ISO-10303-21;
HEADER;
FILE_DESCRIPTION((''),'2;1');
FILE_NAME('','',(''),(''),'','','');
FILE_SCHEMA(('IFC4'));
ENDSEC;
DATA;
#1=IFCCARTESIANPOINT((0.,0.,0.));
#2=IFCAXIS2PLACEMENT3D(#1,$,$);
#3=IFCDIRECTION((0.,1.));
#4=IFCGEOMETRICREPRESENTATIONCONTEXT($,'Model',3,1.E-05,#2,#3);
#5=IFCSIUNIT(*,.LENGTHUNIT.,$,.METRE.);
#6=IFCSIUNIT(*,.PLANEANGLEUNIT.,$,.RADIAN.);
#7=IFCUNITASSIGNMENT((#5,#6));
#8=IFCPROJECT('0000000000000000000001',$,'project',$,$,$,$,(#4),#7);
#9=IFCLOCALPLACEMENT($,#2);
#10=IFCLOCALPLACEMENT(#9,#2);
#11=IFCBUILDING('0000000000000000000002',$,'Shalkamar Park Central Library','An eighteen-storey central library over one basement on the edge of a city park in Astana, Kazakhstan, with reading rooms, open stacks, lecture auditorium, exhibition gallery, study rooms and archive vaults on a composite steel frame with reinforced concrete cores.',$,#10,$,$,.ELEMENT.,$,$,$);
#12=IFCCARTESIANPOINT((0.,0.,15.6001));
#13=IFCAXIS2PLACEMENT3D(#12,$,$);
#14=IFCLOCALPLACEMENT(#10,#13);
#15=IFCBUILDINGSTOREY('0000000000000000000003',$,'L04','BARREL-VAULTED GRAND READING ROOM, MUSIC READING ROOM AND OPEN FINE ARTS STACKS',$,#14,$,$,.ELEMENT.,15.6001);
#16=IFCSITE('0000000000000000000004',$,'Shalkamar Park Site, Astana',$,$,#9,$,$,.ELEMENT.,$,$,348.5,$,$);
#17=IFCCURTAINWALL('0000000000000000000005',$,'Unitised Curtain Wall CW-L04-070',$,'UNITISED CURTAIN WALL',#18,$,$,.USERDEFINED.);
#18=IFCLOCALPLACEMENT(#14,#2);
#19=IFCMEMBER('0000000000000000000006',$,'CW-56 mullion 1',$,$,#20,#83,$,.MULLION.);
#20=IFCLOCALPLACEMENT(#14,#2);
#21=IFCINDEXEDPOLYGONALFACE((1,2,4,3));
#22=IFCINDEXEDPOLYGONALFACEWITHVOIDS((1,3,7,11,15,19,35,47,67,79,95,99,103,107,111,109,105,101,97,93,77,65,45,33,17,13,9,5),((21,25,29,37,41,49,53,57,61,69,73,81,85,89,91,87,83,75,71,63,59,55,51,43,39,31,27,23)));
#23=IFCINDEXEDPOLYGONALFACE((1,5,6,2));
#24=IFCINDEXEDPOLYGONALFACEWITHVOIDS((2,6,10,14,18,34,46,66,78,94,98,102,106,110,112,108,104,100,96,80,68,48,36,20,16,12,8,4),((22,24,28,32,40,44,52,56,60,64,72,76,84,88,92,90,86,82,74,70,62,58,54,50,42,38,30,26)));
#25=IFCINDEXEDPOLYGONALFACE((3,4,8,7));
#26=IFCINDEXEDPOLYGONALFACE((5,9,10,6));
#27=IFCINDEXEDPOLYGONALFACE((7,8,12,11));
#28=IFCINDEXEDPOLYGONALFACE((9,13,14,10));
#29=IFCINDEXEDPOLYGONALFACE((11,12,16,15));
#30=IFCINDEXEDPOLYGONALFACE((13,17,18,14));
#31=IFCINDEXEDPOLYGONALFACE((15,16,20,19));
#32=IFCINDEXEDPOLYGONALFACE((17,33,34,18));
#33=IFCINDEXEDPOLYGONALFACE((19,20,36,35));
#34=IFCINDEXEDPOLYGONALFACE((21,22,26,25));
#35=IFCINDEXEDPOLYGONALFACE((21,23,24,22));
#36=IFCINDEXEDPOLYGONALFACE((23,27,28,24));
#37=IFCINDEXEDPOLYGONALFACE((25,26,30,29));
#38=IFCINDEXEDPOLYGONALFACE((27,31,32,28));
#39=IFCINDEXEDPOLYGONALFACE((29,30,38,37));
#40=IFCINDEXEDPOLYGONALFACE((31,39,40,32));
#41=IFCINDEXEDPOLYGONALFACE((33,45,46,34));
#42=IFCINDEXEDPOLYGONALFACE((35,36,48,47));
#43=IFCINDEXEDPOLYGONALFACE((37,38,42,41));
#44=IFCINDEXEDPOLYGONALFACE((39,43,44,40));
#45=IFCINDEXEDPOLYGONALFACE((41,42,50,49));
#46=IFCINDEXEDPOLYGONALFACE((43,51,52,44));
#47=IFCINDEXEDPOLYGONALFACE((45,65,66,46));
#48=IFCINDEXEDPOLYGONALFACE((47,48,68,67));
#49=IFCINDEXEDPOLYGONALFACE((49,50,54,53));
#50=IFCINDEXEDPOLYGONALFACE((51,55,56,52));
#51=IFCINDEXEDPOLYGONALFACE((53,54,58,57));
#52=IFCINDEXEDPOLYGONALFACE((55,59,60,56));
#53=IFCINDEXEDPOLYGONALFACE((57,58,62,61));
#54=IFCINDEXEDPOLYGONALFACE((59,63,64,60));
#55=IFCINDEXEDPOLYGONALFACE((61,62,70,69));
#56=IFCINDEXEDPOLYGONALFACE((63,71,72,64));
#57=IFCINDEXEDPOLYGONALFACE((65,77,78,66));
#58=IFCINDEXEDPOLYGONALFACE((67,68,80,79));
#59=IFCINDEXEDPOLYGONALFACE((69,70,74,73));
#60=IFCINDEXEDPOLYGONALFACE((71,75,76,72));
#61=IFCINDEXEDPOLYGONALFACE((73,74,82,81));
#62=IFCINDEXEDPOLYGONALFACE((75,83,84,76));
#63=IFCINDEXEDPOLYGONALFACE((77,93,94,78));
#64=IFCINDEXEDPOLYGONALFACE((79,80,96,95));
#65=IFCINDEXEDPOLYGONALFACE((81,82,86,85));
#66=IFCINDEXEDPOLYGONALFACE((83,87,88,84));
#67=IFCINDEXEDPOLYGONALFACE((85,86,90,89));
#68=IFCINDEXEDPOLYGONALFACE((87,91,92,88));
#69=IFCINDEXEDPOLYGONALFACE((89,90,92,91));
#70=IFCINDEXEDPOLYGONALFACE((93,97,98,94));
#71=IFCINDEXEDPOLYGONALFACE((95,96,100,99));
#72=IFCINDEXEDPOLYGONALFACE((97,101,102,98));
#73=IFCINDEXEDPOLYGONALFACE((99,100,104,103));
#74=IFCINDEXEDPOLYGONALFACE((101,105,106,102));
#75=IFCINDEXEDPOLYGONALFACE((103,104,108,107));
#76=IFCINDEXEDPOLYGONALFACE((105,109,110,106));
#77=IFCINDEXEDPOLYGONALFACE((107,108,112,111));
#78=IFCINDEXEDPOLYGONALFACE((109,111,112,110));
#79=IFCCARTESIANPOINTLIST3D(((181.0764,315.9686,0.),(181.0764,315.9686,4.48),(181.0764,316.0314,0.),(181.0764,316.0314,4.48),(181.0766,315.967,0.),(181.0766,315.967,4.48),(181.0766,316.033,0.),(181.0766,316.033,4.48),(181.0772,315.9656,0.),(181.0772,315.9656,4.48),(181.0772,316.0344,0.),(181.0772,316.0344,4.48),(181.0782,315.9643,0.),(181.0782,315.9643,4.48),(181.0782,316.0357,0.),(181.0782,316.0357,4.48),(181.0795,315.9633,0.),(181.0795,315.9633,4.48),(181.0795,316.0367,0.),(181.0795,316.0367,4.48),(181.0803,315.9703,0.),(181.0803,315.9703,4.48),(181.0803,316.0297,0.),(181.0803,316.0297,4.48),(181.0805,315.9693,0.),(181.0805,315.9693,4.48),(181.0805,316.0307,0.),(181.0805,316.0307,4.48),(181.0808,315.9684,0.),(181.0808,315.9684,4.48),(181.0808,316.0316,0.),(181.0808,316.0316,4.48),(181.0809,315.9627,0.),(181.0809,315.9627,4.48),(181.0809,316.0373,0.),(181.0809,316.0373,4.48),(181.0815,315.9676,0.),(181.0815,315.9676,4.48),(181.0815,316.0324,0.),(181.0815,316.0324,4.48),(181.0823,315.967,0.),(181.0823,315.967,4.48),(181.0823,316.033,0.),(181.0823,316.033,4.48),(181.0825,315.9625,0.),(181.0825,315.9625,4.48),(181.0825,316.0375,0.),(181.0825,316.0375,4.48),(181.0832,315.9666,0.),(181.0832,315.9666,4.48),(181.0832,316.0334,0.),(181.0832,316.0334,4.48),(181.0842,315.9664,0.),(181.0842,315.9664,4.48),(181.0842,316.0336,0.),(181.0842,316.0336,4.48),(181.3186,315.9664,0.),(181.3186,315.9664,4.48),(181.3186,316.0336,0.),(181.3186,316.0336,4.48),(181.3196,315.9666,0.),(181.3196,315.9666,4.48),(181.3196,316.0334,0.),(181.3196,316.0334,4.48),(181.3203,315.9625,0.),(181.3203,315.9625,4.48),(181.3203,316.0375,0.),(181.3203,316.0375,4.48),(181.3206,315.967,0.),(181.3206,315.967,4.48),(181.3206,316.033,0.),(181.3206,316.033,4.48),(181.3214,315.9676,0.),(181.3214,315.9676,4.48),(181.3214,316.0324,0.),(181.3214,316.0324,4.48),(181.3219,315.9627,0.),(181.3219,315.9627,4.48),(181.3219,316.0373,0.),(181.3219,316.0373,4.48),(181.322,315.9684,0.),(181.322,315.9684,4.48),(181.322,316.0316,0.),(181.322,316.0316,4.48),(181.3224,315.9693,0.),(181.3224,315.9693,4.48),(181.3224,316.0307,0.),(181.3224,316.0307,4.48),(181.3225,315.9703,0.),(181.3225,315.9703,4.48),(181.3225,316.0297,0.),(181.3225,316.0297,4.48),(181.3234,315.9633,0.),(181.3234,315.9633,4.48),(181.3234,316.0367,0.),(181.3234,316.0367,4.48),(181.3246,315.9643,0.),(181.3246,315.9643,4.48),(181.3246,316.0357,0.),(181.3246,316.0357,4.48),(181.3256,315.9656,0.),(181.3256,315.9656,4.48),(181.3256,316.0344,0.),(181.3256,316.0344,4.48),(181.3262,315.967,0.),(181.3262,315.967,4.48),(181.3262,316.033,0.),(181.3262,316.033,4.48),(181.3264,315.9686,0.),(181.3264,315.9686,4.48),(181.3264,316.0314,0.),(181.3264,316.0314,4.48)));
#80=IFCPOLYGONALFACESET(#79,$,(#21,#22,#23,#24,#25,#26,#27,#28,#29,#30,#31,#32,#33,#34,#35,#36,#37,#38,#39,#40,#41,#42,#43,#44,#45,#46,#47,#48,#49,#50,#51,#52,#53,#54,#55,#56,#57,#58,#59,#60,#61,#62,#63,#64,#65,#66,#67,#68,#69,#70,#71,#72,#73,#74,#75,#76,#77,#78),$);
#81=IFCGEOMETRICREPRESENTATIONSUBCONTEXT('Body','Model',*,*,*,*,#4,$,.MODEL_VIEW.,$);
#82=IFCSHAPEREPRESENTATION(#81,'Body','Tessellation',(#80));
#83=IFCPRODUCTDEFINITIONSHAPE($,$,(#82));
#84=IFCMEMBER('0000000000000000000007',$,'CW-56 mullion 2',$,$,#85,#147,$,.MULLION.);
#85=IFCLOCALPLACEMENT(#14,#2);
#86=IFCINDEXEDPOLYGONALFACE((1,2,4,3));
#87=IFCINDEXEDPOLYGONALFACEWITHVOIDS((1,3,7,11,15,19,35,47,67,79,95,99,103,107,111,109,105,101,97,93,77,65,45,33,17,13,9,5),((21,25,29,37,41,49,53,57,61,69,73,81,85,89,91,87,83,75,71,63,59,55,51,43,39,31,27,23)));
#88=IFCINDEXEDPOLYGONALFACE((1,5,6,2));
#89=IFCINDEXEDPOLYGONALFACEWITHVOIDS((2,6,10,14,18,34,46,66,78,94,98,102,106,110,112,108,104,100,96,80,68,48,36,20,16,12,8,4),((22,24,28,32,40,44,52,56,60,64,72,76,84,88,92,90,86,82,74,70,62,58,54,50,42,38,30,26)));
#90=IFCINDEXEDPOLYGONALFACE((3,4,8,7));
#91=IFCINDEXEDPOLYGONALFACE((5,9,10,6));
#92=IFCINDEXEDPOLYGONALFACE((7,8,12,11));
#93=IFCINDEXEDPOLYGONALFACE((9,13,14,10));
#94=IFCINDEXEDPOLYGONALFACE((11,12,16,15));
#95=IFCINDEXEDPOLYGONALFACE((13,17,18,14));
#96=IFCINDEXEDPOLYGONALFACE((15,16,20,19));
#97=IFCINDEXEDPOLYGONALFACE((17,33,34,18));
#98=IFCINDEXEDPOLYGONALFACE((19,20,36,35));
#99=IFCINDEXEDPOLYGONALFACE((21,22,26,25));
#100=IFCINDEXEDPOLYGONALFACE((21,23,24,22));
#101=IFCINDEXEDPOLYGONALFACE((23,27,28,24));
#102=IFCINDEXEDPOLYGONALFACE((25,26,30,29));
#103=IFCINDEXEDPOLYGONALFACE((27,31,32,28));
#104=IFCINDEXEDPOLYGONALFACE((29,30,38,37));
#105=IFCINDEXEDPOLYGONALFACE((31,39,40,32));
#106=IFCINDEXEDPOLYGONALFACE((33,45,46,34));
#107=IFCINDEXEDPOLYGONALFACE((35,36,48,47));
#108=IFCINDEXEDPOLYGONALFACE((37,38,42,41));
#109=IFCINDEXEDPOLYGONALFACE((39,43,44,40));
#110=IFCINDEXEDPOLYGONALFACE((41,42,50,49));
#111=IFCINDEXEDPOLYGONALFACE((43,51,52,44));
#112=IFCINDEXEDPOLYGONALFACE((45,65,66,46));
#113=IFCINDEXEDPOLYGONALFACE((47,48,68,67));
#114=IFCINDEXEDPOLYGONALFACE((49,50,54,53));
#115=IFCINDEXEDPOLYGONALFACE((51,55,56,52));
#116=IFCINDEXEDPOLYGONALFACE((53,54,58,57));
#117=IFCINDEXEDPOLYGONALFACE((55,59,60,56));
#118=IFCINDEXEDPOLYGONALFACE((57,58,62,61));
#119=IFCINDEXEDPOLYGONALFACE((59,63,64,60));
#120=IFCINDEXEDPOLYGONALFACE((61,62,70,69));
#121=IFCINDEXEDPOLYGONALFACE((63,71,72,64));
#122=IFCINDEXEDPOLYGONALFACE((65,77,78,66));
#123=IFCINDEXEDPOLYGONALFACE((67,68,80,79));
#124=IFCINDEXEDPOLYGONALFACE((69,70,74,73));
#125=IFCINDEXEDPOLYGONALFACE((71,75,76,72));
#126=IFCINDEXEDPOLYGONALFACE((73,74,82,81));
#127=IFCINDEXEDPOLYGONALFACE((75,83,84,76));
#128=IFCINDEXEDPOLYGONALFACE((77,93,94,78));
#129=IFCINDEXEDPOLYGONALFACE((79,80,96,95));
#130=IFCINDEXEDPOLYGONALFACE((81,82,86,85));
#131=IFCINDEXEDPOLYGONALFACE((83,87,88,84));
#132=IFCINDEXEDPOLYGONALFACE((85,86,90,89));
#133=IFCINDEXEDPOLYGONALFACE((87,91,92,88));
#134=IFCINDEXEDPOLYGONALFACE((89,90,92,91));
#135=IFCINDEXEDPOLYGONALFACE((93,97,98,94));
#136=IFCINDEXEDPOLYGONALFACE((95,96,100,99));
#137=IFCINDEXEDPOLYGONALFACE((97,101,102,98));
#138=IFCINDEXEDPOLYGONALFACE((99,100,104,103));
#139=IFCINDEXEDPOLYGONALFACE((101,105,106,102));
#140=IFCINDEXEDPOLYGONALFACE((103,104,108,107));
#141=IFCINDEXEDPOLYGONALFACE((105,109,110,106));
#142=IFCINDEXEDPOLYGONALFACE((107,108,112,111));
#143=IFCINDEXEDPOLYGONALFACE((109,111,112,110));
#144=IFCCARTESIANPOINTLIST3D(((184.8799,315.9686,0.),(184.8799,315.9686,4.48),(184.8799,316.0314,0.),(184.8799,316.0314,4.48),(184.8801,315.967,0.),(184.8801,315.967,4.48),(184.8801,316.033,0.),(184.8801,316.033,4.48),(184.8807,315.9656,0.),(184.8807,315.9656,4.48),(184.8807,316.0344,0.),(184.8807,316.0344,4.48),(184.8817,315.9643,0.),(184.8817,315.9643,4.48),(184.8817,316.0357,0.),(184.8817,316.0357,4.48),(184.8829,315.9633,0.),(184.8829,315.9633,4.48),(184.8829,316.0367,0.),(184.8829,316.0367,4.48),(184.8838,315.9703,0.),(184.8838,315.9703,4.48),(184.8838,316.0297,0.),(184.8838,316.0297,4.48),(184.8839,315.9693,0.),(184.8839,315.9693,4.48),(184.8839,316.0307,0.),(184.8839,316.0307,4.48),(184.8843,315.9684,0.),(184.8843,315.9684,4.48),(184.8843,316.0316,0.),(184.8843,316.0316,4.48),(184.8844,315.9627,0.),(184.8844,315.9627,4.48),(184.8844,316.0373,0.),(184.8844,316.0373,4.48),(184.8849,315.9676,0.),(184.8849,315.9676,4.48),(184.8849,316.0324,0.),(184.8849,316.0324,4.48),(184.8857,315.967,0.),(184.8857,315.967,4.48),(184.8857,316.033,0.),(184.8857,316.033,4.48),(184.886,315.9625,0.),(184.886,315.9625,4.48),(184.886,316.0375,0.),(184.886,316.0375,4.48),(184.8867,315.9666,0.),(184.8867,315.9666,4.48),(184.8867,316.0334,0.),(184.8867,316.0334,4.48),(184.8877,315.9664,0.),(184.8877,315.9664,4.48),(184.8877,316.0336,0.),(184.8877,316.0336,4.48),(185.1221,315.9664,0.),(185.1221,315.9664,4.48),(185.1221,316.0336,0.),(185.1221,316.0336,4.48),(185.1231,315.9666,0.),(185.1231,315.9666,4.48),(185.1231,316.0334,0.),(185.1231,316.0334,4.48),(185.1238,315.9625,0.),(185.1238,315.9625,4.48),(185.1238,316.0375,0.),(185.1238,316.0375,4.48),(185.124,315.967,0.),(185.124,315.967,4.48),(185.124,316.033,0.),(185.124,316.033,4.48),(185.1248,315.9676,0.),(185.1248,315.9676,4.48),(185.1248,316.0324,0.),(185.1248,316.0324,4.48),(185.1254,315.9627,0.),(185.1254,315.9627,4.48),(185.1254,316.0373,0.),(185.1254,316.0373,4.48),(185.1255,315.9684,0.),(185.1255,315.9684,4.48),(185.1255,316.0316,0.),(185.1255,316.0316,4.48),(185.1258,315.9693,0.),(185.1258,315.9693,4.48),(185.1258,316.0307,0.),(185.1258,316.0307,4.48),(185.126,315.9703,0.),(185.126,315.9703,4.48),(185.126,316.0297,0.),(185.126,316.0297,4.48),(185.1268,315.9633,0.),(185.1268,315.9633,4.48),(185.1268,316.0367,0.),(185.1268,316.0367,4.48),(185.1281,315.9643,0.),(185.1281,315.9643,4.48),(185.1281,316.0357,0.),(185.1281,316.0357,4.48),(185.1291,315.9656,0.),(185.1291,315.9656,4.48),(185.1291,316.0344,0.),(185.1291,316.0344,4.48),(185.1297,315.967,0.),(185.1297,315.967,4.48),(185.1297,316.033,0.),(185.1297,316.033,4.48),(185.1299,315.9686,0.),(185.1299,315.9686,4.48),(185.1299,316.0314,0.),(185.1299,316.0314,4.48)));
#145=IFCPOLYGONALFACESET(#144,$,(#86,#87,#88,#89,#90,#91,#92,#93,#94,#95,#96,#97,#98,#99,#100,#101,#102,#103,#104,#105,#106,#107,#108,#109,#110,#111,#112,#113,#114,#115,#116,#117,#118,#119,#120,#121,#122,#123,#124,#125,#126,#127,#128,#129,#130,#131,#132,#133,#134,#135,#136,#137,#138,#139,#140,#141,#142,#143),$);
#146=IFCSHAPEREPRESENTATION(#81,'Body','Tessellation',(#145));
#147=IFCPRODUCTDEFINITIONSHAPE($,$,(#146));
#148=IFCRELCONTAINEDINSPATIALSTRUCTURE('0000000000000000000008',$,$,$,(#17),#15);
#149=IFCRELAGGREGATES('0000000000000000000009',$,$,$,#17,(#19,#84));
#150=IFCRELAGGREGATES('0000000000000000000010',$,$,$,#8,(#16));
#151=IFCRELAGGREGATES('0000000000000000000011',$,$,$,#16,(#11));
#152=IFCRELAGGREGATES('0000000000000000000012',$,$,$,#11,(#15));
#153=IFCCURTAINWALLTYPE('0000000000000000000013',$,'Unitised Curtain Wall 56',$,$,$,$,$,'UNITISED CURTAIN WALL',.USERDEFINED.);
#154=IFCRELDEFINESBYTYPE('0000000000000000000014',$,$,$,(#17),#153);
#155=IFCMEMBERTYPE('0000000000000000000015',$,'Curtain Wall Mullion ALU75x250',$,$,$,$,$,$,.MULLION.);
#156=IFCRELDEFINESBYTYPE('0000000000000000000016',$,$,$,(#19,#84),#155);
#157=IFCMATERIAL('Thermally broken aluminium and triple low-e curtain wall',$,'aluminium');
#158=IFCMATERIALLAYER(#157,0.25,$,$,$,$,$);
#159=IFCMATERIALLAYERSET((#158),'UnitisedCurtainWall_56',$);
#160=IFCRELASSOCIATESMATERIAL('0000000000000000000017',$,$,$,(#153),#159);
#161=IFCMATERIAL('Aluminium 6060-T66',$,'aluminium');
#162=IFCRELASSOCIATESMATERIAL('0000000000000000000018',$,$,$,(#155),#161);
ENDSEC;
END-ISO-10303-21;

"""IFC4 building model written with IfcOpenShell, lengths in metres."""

from ifc_helpers import new_model, si_unit, direction, frame, origin, origin_2d, place, context, subcontext, project, spatial, hollow_rectangle, extrude, material, layer, layer_set, material_profile, profile_set, type_object, element, aggregate, save


model = new_model("IFC4")

# Units and contexts
model_context = context("Model", 3, precision=1e-05, world=origin(), true_north=direction((0.0, 1.0)))
body_context = subcontext(model_context, "Body", "Model", "MODEL_VIEW")
ifc_project = project(units=[si_unit("LENGTHUNIT", "METRE"), si_unit("PLANEANGLEUNIT", "RADIAN")], contexts=[model_context])

# Site, building, storey
site_placement = place(None, origin())
site = spatial("IfcSite", under=ifc_project, at=site_placement, Name="Shalkamar Park Site, Astana", CompositionType="ELEMENT", RefElevation=348.5)
building_placement = place(site_placement, origin())
building = spatial("IfcBuilding", under=site, at=building_placement, Name="Shalkamar Park Central Library", Description="An eighteen-storey central library over one basement on the edge of a city park in Astana, Kazakhstan, with reading rooms, open stacks, lecture auditorium, exhibition gallery, study rooms and archive vaults on a composite steel frame with reinforced concrete cores.", CompositionType="ELEMENT")
storey_placement = place(building_placement, frame((0.0, 0.0, 15.6001)))
storey = spatial("IfcBuildingStorey", under=building, at=storey_placement, Name="L04", Description="BARREL-VAULTED GRAND READING ROOM, MUSIC READING ROOM AND OPEN FINE ARTS STACKS", CompositionType="ELEMENT", Elevation=15.6001)

# Curtain wall, members
ifc_material_1 = material(Name="Thermally broken aluminium and triple low-e curtain wall", Category="aluminium")
ifc_layer_1 = layer(ifc_material_1, 0.25)
ifc_layer_set_1 = layer_set([ifc_layer_1], Name="UnitisedCurtainWall_56")
curtain_wall_type_1 = type_object("IfcCurtainWallType", Name="Unitised Curtain Wall 56", ElementType="UNITISED CURTAIN WALL", PredefinedType="USERDEFINED", material=ifc_layer_set_1)
curtain_wall_1_placement = place(storey_placement, origin())
curtain_wall_1 = element("IfcCurtainWall", 1, at=curtain_wall_1_placement, inside=storey, type_object=curtain_wall_type_1, Name="Unitised Curtain Wall CW-L04-070", ObjectType="UNITISED CURTAIN WALL", PredefinedType="USERDEFINED")
ifc_material_2 = material(Name="Aluminium 6060-T66", Category="aluminium")
ifc_material_profile_1 = material_profile(ifc_material_2, hollow_rectangle(XDim=0.075, YDim=0.25, WallThickness=0.0039, InnerFilletRadius=0.0039, OuterFilletRadius=0.0061, at=origin_2d()), Name="ALU 75x250x4")
ifc_profile_set_1 = profile_set([ifc_material_profile_1], Name="Aluminium 6060-T66")
member_type_1 = type_object("IfcMemberType", Name="Curtain Wall Mullion ALU75x250", PredefinedType="MULLION", material=ifc_profile_set_1)
member_1_placement = place(storey_placement, frame((181.2014, 316.0, 0.0), z_axis=(0.0, 0.0, 1.0), x_axis=(0.0, 1.0, 0.0)))
member_1 = element("IfcMember", 2, at=member_1_placement, type_object=member_type_1, Name="CW-56 mullion 1", PredefinedType="MULLION", context=body_context, shape_type="SweptSolid", body=[
    extrude(hollow_rectangle(XDim=0.075, YDim=0.25, WallThickness=0.0039, InnerFilletRadius=0.0039, OuterFilletRadius=0.0061, at=origin_2d()), origin(), (0.0, 0.0, 1.0), 4.48),
])
member_2_placement = place(storey_placement, frame((185.0049, 316.0, 0.0), z_axis=(0.0, 0.0, 1.0), x_axis=(0.0, 1.0, 0.0)))
member_2 = element("IfcMember", 3, at=member_2_placement, type_object=member_type_1, Name="CW-56 mullion 2", PredefinedType="MULLION", context=body_context, shape_type="SweptSolid", body=[
    extrude(hollow_rectangle(XDim=0.075, YDim=0.25, WallThickness=0.0039, InnerFilletRadius=0.0039, OuterFilletRadius=0.0061, at=origin_2d()), origin(), (0.0, 0.0, 1.0), 4.48),
])

aggregate(curtain_wall_1, [member_1, member_2])

save(model, "model.ifc")
